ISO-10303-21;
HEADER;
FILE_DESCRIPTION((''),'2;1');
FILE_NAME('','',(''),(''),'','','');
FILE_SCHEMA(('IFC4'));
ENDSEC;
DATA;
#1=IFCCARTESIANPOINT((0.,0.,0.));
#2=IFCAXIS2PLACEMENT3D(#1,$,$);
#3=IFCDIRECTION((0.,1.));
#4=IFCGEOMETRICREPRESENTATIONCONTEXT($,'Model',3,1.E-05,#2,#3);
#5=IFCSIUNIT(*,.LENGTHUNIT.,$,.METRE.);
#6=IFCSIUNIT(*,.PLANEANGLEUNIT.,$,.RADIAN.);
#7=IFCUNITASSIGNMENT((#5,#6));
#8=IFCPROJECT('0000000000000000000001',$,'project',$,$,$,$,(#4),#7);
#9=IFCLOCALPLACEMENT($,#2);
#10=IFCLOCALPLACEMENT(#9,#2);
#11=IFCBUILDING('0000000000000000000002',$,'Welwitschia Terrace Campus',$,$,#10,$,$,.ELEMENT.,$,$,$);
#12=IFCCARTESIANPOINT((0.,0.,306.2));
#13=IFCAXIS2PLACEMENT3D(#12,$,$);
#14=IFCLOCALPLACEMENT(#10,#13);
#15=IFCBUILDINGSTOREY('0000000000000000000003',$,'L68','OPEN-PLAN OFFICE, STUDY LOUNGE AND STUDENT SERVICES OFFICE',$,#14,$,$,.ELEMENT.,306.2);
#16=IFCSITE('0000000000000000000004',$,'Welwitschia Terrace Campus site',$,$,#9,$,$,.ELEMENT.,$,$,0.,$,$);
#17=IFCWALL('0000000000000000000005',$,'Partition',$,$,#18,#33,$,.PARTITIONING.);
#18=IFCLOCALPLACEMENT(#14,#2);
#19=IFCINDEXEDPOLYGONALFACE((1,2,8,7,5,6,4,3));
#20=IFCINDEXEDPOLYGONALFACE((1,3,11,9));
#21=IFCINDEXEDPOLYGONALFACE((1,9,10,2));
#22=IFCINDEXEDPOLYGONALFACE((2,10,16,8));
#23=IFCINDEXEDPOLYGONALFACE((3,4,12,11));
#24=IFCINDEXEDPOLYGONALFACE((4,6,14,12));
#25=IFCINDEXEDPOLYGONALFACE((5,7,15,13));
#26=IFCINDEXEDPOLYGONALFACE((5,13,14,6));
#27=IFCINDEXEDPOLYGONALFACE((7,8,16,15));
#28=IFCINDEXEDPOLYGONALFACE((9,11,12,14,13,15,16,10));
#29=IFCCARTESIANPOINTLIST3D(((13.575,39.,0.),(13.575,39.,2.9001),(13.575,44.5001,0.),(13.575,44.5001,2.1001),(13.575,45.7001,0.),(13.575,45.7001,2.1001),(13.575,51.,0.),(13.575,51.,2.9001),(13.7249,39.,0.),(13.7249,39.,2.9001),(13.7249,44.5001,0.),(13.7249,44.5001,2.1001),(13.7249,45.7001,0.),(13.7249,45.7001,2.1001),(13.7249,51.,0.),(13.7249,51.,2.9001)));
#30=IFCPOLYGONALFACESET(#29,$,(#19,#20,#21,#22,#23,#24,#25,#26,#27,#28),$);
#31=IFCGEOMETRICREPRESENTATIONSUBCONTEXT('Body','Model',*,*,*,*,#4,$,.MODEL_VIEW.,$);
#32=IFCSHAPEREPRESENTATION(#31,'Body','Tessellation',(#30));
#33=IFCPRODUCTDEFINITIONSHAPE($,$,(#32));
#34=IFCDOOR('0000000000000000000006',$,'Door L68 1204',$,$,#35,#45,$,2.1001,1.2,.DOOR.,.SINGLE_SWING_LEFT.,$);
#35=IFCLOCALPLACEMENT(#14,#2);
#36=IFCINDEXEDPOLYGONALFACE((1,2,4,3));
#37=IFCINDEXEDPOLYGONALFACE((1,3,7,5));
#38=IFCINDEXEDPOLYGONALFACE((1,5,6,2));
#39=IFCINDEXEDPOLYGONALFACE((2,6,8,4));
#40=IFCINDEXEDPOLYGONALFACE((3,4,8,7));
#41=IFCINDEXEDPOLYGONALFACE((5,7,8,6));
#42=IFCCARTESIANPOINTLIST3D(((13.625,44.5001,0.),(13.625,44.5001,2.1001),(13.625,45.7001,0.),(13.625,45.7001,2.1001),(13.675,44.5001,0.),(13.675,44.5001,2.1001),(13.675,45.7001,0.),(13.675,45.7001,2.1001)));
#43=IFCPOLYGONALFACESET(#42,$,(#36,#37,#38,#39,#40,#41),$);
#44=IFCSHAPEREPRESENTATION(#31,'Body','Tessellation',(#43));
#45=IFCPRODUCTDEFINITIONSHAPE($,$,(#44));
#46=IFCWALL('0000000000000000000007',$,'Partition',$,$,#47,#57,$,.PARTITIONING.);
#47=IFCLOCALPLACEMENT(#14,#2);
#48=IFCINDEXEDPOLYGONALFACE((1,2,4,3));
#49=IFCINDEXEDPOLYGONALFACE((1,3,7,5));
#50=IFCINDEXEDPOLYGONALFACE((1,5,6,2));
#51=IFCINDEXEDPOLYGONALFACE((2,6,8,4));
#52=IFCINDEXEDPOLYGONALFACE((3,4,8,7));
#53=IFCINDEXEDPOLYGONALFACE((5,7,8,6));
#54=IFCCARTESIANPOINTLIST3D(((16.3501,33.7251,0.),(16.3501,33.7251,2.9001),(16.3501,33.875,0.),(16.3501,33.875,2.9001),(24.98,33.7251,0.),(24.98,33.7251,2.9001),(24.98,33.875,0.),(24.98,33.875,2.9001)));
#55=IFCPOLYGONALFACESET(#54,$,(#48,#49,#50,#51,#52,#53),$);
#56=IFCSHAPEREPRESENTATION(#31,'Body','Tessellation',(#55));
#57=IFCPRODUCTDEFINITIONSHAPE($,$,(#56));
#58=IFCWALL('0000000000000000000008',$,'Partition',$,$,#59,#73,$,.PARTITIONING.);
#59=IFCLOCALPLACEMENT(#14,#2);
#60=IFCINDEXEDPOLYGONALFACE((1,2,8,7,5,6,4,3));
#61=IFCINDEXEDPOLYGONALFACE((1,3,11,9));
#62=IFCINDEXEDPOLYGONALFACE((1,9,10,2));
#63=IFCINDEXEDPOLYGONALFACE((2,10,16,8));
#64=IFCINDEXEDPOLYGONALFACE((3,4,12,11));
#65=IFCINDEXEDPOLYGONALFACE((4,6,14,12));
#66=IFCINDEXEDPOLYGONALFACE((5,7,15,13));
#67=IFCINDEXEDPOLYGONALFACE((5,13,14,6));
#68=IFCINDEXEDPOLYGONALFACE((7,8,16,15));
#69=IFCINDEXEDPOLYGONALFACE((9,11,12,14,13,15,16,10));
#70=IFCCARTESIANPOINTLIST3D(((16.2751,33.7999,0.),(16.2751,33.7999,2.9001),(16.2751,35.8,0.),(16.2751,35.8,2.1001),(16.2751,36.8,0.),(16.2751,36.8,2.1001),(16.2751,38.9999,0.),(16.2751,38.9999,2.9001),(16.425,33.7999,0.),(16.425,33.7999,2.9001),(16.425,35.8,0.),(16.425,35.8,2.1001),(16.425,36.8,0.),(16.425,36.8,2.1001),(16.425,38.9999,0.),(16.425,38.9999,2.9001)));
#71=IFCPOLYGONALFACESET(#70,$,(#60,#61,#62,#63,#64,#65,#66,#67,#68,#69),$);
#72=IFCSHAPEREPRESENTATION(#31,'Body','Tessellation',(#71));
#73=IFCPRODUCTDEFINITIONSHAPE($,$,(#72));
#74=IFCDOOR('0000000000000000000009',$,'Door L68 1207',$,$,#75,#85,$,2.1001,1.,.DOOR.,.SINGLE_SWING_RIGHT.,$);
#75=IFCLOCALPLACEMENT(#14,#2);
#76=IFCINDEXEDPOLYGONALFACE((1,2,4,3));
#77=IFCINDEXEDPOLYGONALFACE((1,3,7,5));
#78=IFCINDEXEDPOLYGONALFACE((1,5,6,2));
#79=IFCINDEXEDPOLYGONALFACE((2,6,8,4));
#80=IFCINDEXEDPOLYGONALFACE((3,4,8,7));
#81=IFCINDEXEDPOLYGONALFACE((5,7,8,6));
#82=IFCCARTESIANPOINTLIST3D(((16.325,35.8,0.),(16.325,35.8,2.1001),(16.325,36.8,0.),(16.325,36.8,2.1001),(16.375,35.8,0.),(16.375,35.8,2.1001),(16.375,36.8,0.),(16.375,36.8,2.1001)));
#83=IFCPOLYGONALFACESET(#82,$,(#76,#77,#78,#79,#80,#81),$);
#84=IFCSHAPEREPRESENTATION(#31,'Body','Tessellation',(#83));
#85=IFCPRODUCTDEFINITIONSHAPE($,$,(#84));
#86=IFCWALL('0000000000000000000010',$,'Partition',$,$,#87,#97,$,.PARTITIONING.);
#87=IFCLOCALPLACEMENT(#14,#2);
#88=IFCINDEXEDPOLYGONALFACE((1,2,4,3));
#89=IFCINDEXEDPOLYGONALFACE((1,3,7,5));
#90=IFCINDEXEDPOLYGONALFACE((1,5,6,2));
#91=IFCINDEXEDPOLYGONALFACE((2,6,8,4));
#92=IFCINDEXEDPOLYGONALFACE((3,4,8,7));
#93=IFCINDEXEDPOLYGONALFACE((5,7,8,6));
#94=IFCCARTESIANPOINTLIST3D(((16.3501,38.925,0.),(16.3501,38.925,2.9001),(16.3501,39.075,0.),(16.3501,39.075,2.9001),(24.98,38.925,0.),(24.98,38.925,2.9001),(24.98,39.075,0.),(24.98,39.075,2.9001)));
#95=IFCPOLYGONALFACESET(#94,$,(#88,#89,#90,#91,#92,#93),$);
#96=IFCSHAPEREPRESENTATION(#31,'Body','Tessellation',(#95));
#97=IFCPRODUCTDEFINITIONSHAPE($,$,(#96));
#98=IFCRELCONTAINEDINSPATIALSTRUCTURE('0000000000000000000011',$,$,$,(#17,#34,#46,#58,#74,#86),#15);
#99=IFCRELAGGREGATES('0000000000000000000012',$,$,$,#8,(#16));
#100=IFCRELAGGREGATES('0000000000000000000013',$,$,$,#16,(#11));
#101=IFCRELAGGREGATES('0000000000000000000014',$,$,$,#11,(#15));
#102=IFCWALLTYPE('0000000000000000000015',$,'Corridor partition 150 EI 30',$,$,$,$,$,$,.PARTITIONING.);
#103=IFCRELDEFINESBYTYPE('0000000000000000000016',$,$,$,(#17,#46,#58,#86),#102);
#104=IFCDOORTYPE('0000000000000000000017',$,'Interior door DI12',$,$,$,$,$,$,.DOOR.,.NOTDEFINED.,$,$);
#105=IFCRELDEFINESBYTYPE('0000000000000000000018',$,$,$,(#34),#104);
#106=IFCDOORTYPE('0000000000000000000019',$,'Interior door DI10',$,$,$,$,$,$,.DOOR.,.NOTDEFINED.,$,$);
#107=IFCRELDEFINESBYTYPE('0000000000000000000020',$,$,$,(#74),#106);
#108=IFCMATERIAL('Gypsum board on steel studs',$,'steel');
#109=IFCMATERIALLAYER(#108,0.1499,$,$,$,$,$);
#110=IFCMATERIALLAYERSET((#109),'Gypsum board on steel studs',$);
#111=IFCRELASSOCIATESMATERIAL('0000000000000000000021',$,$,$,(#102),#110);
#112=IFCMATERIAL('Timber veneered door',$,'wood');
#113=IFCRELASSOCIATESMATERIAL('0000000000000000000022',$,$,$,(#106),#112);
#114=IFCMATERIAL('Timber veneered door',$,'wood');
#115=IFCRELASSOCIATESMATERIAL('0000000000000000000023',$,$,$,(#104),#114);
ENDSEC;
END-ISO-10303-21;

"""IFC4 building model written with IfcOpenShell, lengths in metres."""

from ifc_helpers import new_model, si_unit, direction, frame, frame_2d, origin, place, context, subcontext, project, spatial, rectangle, extrude, material, layer, layer_set, type_object, element, fill, save


model = new_model("IFC4")

# Units and contexts
model_context = context("Model", 3, precision=1e-05, world=origin(), true_north=direction((0.0, 1.0)))
body_context = subcontext(model_context, "Body", "Model", "MODEL_VIEW")
ifc_project = project(units=[si_unit("LENGTHUNIT", "METRE"), si_unit("PLANEANGLEUNIT", "RADIAN")], contexts=[model_context])

# Site, building, storey
site_placement = place(None, origin())
site = spatial("IfcSite", under=ifc_project, at=site_placement, Name="Welwitschia Terrace Campus site", CompositionType="ELEMENT", RefElevation=0.0)
building_placement = place(site_placement, origin())
building = spatial("IfcBuilding", under=site, at=building_placement, Name="Welwitschia Terrace Campus", CompositionType="ELEMENT")
storey_placement = place(building_placement, frame((0.0, 0.0, 306.2)))
storey = spatial("IfcBuildingStorey", under=building, at=storey_placement, Name="L68", Description="OPEN-PLAN OFFICE, STUDY LOUNGE AND STUDENT SERVICES OFFICE", CompositionType="ELEMENT", Elevation=306.2)

# Wall, opening, door
ifc_material_1 = material(Name="Gypsum board on steel studs", Category="steel")
ifc_layer_1 = layer(ifc_material_1, 0.1499)
ifc_layer_set_1 = layer_set([ifc_layer_1], Name="Gypsum board on steel studs")
wall_type = type_object("IfcWallType", Name="Corridor partition 150 EI 30", PredefinedType="PARTITIONING", material=ifc_layer_set_1)
ifc_material_2 = material(Name="Timber veneered door", Category="wood")
door_type_1 = type_object("IfcDoorType", Name="Interior door DI10", OperationType="NOTDEFINED", PredefinedType="DOOR", material=ifc_material_2)
wall_1_placement = place(storey_placement, frame((13.6499, 39.0, 0.0), z_axis=(0.0, 0.0, 1.0), x_axis=(0.0, 1.0, 0.0)))
wall_1 = element("IfcWall", 1, at=wall_1_placement, inside=storey, type_object=wall_type, Name="Partition", PredefinedType="PARTITIONING", context=body_context, shape_type="SweptSolid", body=[
    extrude(rectangle(XDim=12.0, YDim=0.1499, at=frame_2d((6.0, 0.0))), origin(), (0.0, 0.0, 1.0), 2.9001),
])
opening_1_placement = place(wall_1_placement, frame((5.5, 0.0, 0.0)))
opening_1 = element("IfcOpeningElement", 2, at=opening_1_placement, cuts=wall_1, PredefinedType="OPENING", context=body_context, shape_type="SweptSolid", body=[
    extrude(rectangle(XDim=1.2, YDim=2.1001, at=frame_2d((0.6001, 1.05))), frame((0.0, 0.085, 0.0), z_axis=(0.0, -1.0, 0.0), x_axis=(1.0, 0.0, 0.0)), (0.0, 0.0, 1.0), 0.1699),
])
ifc_material_3 = material(Name="Timber veneered door", Category="wood")
door_type_2 = type_object("IfcDoorType", Name="Interior door DI12", OperationType="NOTDEFINED", PredefinedType="DOOR", material=ifc_material_3)
door_1_placement = place(opening_1_placement, origin())
door_1 = element("IfcDoor", 3, at=door_1_placement, inside=storey, type_object=door_type_2, Name="Door L68 1204", OperationType="SINGLE_SWING_LEFT", OverallHeight=2.1001, OverallWidth=1.2, PredefinedType="DOOR", context=body_context, shape_type="SweptSolid", body=[
    extrude(rectangle(XDim=1.2, YDim=2.1001, at=frame_2d((0.6001, 1.05))), frame((0.0, 0.0249, 0.0), z_axis=(0.0, -1.0, 0.0), x_axis=(1.0, 0.0, 0.0)), (0.0, 0.0, 1.0), 0.05),
])
fill(opening_1, door_1)

# Wall
wall_2_placement = place(storey_placement, frame((16.3501, 33.8, 0.0), z_axis=(0.0, 0.0, 1.0), x_axis=(1.0, 0.0, 0.0)))
element("IfcWall", 4, at=wall_2_placement, inside=storey, type_object=wall_type, Name="Partition", PredefinedType="PARTITIONING", context=body_context, shape_type="SweptSolid", body=[
    extrude(rectangle(XDim=8.6299, YDim=0.1499, at=frame_2d((4.3149, 0.0))), origin(), (0.0, 0.0, 1.0), 2.9001),
])

# Wall, opening, door
wall_3_placement = place(storey_placement, frame((16.3501, 39.0, 0.0), z_axis=(0.0, 0.0, 1.0), x_axis=(0.0, -1.0, 0.0)))
wall_3 = element("IfcWall", 5, at=wall_3_placement, inside=storey, type_object=wall_type, Name="Partition", PredefinedType="PARTITIONING", context=body_context, shape_type="SweptSolid", body=[
    extrude(rectangle(XDim=5.2, YDim=0.1499, at=frame_2d((2.6001, 0.0))), origin(), (0.0, 0.0, 1.0), 2.9001),
])
opening_2_placement = place(wall_3_placement, frame((2.2, 0.0, 0.0)))
opening_2 = element("IfcOpeningElement", 6, at=opening_2_placement, cuts=wall_3, PredefinedType="OPENING", context=body_context, shape_type="SweptSolid", body=[
    extrude(rectangle(XDim=1.0, YDim=2.1001, at=frame_2d((0.5, 1.05))), frame((0.0, 0.085, 0.0), z_axis=(0.0, -1.0, 0.0), x_axis=(1.0, 0.0, 0.0)), (0.0, 0.0, 1.0), 0.1699),
])
door_2_placement = place(opening_2_placement, origin())
door_2 = element("IfcDoor", 7, at=door_2_placement, inside=storey, type_object=door_type_1, Name="Door L68 1207", OperationType="SINGLE_SWING_RIGHT", OverallHeight=2.1001, OverallWidth=1.0, PredefinedType="DOOR", context=body_context, shape_type="SweptSolid", body=[
    extrude(rectangle(XDim=1.0, YDim=2.1001, at=frame_2d((0.5, 1.05))), frame((0.0, 0.0249, 0.0), z_axis=(0.0, -1.0, 0.0), x_axis=(1.0, 0.0, 0.0)), (0.0, 0.0, 1.0), 0.05),
])
fill(opening_2, door_2)

# Wall
wall_4_placement = place(storey_placement, frame((16.3501, 39.0, 0.0), z_axis=(0.0, 0.0, 1.0), x_axis=(1.0, 0.0, 0.0)))
element("IfcWall", 8, at=wall_4_placement, inside=storey, type_object=wall_type, Name="Partition", PredefinedType="PARTITIONING", context=body_context, shape_type="SweptSolid", body=[
    extrude(rectangle(XDim=8.6299, YDim=0.1499, at=frame_2d((4.3149, 0.0))), origin(), (0.0, 0.0, 1.0), 2.9001),
])

save(model, "model.ifc")
